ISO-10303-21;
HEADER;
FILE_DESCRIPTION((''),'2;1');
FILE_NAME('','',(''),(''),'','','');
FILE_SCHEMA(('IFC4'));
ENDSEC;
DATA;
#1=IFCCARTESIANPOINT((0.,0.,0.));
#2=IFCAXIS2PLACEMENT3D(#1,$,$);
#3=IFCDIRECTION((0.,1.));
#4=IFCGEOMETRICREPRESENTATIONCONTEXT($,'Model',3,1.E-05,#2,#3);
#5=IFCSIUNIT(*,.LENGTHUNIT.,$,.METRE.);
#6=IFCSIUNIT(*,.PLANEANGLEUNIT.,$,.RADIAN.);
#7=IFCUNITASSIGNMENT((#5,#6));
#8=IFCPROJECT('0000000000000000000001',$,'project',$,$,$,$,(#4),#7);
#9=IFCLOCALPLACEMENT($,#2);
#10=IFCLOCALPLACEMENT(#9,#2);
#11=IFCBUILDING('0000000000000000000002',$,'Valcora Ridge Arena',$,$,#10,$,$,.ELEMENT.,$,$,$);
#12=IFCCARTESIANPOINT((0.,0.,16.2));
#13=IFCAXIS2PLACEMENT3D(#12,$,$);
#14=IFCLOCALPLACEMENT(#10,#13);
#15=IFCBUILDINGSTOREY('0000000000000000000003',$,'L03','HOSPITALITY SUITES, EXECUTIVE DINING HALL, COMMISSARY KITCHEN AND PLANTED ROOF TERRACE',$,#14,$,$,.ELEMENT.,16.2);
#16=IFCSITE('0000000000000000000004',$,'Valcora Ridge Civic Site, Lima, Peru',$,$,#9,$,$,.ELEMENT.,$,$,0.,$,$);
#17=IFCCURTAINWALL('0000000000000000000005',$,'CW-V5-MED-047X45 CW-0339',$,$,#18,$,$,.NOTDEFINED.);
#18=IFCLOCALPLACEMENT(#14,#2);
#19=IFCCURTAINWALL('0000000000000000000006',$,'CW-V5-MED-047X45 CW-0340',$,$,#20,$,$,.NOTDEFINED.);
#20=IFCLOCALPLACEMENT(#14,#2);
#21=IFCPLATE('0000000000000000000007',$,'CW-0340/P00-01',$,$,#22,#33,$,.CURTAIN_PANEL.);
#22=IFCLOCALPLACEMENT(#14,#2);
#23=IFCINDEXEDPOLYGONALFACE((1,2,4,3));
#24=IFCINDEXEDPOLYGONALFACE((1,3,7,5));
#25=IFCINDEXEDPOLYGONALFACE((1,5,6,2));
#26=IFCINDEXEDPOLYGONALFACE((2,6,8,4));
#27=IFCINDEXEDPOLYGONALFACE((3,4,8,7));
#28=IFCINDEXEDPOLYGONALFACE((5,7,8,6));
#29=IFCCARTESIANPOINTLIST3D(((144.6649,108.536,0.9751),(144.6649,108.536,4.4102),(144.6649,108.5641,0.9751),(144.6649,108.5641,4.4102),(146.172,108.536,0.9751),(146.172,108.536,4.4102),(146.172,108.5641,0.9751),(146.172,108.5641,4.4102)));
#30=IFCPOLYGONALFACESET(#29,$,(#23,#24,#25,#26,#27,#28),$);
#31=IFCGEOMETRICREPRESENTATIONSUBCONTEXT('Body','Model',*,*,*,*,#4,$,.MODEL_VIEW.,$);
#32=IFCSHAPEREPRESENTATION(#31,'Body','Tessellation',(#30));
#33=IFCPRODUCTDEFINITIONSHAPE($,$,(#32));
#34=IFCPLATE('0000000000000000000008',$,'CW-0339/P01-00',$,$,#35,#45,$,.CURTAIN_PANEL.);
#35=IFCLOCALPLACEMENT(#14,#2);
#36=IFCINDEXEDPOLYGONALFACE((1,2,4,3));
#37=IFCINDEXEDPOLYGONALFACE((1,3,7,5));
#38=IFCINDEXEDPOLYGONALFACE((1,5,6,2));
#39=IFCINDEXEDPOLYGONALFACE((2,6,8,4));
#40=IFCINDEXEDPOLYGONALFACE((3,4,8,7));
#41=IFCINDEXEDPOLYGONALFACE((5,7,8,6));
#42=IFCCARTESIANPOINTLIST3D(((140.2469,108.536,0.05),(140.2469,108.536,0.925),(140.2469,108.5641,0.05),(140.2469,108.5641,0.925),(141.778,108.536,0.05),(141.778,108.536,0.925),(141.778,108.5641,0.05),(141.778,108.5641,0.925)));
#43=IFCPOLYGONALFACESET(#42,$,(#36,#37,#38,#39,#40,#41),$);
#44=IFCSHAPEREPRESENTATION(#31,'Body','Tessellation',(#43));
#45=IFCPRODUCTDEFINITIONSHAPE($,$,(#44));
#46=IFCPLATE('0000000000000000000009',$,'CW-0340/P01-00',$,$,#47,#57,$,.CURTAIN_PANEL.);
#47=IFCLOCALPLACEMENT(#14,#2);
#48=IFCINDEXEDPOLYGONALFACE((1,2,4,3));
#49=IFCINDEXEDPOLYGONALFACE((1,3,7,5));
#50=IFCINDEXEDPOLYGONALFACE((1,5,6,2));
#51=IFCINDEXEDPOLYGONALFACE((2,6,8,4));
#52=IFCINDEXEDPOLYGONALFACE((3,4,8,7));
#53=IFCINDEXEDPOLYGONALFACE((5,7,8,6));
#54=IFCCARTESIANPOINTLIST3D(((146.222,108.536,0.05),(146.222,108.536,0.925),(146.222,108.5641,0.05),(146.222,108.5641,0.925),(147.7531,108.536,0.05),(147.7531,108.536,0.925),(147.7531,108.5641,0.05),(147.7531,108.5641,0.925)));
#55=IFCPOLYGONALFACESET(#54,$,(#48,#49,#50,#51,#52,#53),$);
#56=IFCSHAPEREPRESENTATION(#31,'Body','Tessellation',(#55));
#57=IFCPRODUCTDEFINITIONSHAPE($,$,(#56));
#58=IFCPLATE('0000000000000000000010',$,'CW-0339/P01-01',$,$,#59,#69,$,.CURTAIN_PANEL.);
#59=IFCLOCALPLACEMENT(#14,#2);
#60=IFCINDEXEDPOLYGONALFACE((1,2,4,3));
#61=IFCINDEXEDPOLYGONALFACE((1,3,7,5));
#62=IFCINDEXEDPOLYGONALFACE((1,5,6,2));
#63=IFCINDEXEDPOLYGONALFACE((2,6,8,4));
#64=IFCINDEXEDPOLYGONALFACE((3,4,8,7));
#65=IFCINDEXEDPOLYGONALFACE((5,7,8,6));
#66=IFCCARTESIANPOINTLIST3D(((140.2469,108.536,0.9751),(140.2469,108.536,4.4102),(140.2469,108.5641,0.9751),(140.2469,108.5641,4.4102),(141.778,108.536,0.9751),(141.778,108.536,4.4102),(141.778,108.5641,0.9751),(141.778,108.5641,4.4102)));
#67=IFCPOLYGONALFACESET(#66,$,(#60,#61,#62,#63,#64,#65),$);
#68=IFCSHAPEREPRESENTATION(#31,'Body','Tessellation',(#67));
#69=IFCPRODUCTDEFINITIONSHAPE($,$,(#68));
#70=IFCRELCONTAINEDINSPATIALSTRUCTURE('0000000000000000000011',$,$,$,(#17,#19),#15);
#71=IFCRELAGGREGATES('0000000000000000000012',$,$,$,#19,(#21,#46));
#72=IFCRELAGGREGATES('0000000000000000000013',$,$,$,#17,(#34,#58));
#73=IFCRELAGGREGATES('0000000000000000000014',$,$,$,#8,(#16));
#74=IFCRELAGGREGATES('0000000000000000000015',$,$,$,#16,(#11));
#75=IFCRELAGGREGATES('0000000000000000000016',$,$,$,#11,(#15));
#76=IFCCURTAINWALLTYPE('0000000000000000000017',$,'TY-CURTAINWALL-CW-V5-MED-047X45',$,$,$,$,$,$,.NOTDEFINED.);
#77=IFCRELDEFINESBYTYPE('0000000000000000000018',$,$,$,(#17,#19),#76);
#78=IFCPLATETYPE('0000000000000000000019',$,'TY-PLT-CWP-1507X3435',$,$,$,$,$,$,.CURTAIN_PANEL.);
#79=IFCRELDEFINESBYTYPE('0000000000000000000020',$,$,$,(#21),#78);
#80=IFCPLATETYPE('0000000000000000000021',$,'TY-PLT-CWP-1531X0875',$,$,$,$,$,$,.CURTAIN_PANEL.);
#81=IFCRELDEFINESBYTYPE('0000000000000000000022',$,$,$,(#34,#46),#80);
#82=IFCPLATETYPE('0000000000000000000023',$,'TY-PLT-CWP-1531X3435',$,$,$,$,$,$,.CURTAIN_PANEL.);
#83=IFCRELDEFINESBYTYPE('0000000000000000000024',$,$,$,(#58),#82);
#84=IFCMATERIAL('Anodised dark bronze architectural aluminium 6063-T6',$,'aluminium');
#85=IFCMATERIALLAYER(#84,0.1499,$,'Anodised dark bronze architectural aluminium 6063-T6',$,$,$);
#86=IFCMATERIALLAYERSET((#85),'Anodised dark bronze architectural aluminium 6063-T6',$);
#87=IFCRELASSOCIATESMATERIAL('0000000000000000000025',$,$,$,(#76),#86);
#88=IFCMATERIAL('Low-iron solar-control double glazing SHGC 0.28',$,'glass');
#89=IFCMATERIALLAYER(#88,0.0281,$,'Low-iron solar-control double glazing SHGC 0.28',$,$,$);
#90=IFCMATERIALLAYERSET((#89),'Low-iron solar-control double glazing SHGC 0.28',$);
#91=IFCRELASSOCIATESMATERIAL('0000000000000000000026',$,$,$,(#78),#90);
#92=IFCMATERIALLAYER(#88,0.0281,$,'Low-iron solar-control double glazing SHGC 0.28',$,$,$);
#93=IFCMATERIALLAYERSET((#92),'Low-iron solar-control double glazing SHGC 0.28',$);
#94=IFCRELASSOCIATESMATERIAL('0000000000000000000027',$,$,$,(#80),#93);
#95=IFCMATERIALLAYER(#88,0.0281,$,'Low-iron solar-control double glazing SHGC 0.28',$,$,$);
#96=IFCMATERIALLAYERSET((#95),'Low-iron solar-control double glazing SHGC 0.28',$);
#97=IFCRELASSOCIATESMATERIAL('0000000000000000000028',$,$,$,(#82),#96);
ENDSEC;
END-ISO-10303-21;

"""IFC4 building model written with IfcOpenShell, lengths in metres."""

from ifc_helpers import new_model, si_unit, direction, frame, origin, origin_2d, place, context, subcontext, project, spatial, rectangle, extrude, material, layer, layer_set, type_object, element, aggregate, save


model = new_model("IFC4")

# Units and contexts
model_context = context("Model", 3, precision=1e-05, world=origin(), true_north=direction((0.0, 1.0)))
body_context = subcontext(model_context, "Body", "Model", "MODEL_VIEW")
ifc_project = project(units=[si_unit("LENGTHUNIT", "METRE"), si_unit("PLANEANGLEUNIT", "RADIAN")], contexts=[model_context])

# Site, building, storey
site_placement = place(None, origin())
site = spatial("IfcSite", under=ifc_project, at=site_placement, Name="Valcora Ridge Civic Site, Lima, Peru", CompositionType="ELEMENT", RefElevation=0.0)
building_placement = place(site_placement, origin())
building = spatial("IfcBuilding", under=site, at=building_placement, Name="Valcora Ridge Arena", CompositionType="ELEMENT")
storey_placement = place(building_placement, frame((0.0, 0.0, 16.2)))
storey = spatial("IfcBuildingStorey", under=building, at=storey_placement, Name="L03", Description="HOSPITALITY SUITES, EXECUTIVE DINING HALL, COMMISSARY KITCHEN AND PLANTED ROOF TERRACE", CompositionType="ELEMENT", Elevation=16.2)

# Shared definitions
ifc_material_1 = material(Name="Anodised dark bronze architectural aluminium 6063-T6", Category="aluminium")
ifc_layer_1 = layer(ifc_material_1, 0.1499, Name="Anodised dark bronze architectural aluminium 6063-T6")
ifc_layer_set_1 = layer_set([ifc_layer_1], Name="Anodised dark bronze architectural aluminium 6063-T6")
curtain_wall_type = type_object("IfcCurtainWallType", Name="TY-CURTAINWALL-CW-V5-MED-047X45", PredefinedType="NOTDEFINED", material=ifc_layer_set_1)

# Curtain walls
curtain_wall_1_placement = place(storey_placement, origin())
curtain_wall_1 = element("IfcCurtainWall", 1, at=curtain_wall_1_placement, inside=storey, type_object=curtain_wall_type, Name="CW-V5-MED-047X45 CW-0339", PredefinedType="NOTDEFINED")
curtain_wall_2_placement = place(storey_placement, origin())
curtain_wall_2 = element("IfcCurtainWall", 2, at=curtain_wall_2_placement, inside=storey, type_object=curtain_wall_type, Name="CW-V5-MED-047X45 CW-0340", PredefinedType="NOTDEFINED")

# Plates
ifc_material_2 = material(Name="Low-iron solar-control double glazing SHGC 0.28", Category="glass")
ifc_layer_2 = layer(ifc_material_2, 0.0281, Name="Low-iron solar-control double glazing SHGC 0.28")
ifc_layer_set_2 = layer_set([ifc_layer_2], Name="Low-iron solar-control double glazing SHGC 0.28")
plate_type_1 = type_object("IfcPlateType", Name="TY-PLT-CWP-1507X3435", PredefinedType="CURTAIN_PANEL", material=ifc_layer_set_2)
plate_1_placement = place(storey_placement, frame((145.4185, 108.55, 0.9751), z_axis=(0.0, 0.0, 1.0), x_axis=(1.0, 0.0, 0.0)))
plate_1 = element("IfcPlate", 3, at=plate_1_placement, type_object=plate_type_1, Name="CW-0340/P00-01", PredefinedType="CURTAIN_PANEL", context=body_context, shape_type="SweptSolid", body=[
    extrude(rectangle(XDim=1.5071, YDim=0.0281, at=origin_2d()), origin(), (0.0, 0.0, 1.0), 3.4351),
])
ifc_layer_3 = layer(ifc_material_2, 0.0281, Name="Low-iron solar-control double glazing SHGC 0.28")
ifc_layer_set_3 = layer_set([ifc_layer_3], Name="Low-iron solar-control double glazing SHGC 0.28")
plate_type_2 = type_object("IfcPlateType", Name="TY-PLT-CWP-1531X0875", PredefinedType="CURTAIN_PANEL", material=ifc_layer_set_3)
plate_2_placement = place(storey_placement, frame((141.0125, 108.55, 0.05), z_axis=(0.0, 0.0, 1.0), x_axis=(1.0, 0.0, 0.0)))
plate_2 = element("IfcPlate", 4, at=plate_2_placement, type_object=plate_type_2, Name="CW-0339/P01-00", PredefinedType="CURTAIN_PANEL", context=body_context, shape_type="SweptSolid", body=[
    extrude(rectangle(XDim=1.531, YDim=0.0281, at=origin_2d()), origin(), (0.0, 0.0, 1.0), 0.875),
])
plate_3_placement = place(storey_placement, frame((146.9875, 108.55, 0.05), z_axis=(0.0, 0.0, 1.0), x_axis=(1.0, 0.0, 0.0)))
plate_3 = element("IfcPlate", 5, at=plate_3_placement, type_object=plate_type_2, Name="CW-0340/P01-00", PredefinedType="CURTAIN_PANEL", context=body_context, shape_type="SweptSolid", body=[
    extrude(rectangle(XDim=1.531, YDim=0.0281, at=origin_2d()), origin(), (0.0, 0.0, 1.0), 0.875),
])
aggregate(curtain_wall_2, [plate_1, plate_3])
ifc_layer_4 = layer(ifc_material_2, 0.0281, Name="Low-iron solar-control double glazing SHGC 0.28")
ifc_layer_set_4 = layer_set([ifc_layer_4], Name="Low-iron solar-control double glazing SHGC 0.28")
plate_type_3 = type_object("IfcPlateType", Name="TY-PLT-CWP-1531X3435", PredefinedType="CURTAIN_PANEL", material=ifc_layer_set_4)
plate_4_placement = place(storey_placement, frame((141.0125, 108.55, 0.9751), z_axis=(0.0, 0.0, 1.0), x_axis=(1.0, 0.0, 0.0)))
plate_4 = element("IfcPlate", 6, at=plate_4_placement, type_object=plate_type_3, Name="CW-0339/P01-01", PredefinedType="CURTAIN_PANEL", context=body_context, shape_type="SweptSolid", body=[
    extrude(rectangle(XDim=1.531, YDim=0.0281, at=origin_2d()), origin(), (0.0, 0.0, 1.0), 3.4351),
])
aggregate(curtain_wall_1, [plate_2, plate_4])

save(model, "model.ifc")
